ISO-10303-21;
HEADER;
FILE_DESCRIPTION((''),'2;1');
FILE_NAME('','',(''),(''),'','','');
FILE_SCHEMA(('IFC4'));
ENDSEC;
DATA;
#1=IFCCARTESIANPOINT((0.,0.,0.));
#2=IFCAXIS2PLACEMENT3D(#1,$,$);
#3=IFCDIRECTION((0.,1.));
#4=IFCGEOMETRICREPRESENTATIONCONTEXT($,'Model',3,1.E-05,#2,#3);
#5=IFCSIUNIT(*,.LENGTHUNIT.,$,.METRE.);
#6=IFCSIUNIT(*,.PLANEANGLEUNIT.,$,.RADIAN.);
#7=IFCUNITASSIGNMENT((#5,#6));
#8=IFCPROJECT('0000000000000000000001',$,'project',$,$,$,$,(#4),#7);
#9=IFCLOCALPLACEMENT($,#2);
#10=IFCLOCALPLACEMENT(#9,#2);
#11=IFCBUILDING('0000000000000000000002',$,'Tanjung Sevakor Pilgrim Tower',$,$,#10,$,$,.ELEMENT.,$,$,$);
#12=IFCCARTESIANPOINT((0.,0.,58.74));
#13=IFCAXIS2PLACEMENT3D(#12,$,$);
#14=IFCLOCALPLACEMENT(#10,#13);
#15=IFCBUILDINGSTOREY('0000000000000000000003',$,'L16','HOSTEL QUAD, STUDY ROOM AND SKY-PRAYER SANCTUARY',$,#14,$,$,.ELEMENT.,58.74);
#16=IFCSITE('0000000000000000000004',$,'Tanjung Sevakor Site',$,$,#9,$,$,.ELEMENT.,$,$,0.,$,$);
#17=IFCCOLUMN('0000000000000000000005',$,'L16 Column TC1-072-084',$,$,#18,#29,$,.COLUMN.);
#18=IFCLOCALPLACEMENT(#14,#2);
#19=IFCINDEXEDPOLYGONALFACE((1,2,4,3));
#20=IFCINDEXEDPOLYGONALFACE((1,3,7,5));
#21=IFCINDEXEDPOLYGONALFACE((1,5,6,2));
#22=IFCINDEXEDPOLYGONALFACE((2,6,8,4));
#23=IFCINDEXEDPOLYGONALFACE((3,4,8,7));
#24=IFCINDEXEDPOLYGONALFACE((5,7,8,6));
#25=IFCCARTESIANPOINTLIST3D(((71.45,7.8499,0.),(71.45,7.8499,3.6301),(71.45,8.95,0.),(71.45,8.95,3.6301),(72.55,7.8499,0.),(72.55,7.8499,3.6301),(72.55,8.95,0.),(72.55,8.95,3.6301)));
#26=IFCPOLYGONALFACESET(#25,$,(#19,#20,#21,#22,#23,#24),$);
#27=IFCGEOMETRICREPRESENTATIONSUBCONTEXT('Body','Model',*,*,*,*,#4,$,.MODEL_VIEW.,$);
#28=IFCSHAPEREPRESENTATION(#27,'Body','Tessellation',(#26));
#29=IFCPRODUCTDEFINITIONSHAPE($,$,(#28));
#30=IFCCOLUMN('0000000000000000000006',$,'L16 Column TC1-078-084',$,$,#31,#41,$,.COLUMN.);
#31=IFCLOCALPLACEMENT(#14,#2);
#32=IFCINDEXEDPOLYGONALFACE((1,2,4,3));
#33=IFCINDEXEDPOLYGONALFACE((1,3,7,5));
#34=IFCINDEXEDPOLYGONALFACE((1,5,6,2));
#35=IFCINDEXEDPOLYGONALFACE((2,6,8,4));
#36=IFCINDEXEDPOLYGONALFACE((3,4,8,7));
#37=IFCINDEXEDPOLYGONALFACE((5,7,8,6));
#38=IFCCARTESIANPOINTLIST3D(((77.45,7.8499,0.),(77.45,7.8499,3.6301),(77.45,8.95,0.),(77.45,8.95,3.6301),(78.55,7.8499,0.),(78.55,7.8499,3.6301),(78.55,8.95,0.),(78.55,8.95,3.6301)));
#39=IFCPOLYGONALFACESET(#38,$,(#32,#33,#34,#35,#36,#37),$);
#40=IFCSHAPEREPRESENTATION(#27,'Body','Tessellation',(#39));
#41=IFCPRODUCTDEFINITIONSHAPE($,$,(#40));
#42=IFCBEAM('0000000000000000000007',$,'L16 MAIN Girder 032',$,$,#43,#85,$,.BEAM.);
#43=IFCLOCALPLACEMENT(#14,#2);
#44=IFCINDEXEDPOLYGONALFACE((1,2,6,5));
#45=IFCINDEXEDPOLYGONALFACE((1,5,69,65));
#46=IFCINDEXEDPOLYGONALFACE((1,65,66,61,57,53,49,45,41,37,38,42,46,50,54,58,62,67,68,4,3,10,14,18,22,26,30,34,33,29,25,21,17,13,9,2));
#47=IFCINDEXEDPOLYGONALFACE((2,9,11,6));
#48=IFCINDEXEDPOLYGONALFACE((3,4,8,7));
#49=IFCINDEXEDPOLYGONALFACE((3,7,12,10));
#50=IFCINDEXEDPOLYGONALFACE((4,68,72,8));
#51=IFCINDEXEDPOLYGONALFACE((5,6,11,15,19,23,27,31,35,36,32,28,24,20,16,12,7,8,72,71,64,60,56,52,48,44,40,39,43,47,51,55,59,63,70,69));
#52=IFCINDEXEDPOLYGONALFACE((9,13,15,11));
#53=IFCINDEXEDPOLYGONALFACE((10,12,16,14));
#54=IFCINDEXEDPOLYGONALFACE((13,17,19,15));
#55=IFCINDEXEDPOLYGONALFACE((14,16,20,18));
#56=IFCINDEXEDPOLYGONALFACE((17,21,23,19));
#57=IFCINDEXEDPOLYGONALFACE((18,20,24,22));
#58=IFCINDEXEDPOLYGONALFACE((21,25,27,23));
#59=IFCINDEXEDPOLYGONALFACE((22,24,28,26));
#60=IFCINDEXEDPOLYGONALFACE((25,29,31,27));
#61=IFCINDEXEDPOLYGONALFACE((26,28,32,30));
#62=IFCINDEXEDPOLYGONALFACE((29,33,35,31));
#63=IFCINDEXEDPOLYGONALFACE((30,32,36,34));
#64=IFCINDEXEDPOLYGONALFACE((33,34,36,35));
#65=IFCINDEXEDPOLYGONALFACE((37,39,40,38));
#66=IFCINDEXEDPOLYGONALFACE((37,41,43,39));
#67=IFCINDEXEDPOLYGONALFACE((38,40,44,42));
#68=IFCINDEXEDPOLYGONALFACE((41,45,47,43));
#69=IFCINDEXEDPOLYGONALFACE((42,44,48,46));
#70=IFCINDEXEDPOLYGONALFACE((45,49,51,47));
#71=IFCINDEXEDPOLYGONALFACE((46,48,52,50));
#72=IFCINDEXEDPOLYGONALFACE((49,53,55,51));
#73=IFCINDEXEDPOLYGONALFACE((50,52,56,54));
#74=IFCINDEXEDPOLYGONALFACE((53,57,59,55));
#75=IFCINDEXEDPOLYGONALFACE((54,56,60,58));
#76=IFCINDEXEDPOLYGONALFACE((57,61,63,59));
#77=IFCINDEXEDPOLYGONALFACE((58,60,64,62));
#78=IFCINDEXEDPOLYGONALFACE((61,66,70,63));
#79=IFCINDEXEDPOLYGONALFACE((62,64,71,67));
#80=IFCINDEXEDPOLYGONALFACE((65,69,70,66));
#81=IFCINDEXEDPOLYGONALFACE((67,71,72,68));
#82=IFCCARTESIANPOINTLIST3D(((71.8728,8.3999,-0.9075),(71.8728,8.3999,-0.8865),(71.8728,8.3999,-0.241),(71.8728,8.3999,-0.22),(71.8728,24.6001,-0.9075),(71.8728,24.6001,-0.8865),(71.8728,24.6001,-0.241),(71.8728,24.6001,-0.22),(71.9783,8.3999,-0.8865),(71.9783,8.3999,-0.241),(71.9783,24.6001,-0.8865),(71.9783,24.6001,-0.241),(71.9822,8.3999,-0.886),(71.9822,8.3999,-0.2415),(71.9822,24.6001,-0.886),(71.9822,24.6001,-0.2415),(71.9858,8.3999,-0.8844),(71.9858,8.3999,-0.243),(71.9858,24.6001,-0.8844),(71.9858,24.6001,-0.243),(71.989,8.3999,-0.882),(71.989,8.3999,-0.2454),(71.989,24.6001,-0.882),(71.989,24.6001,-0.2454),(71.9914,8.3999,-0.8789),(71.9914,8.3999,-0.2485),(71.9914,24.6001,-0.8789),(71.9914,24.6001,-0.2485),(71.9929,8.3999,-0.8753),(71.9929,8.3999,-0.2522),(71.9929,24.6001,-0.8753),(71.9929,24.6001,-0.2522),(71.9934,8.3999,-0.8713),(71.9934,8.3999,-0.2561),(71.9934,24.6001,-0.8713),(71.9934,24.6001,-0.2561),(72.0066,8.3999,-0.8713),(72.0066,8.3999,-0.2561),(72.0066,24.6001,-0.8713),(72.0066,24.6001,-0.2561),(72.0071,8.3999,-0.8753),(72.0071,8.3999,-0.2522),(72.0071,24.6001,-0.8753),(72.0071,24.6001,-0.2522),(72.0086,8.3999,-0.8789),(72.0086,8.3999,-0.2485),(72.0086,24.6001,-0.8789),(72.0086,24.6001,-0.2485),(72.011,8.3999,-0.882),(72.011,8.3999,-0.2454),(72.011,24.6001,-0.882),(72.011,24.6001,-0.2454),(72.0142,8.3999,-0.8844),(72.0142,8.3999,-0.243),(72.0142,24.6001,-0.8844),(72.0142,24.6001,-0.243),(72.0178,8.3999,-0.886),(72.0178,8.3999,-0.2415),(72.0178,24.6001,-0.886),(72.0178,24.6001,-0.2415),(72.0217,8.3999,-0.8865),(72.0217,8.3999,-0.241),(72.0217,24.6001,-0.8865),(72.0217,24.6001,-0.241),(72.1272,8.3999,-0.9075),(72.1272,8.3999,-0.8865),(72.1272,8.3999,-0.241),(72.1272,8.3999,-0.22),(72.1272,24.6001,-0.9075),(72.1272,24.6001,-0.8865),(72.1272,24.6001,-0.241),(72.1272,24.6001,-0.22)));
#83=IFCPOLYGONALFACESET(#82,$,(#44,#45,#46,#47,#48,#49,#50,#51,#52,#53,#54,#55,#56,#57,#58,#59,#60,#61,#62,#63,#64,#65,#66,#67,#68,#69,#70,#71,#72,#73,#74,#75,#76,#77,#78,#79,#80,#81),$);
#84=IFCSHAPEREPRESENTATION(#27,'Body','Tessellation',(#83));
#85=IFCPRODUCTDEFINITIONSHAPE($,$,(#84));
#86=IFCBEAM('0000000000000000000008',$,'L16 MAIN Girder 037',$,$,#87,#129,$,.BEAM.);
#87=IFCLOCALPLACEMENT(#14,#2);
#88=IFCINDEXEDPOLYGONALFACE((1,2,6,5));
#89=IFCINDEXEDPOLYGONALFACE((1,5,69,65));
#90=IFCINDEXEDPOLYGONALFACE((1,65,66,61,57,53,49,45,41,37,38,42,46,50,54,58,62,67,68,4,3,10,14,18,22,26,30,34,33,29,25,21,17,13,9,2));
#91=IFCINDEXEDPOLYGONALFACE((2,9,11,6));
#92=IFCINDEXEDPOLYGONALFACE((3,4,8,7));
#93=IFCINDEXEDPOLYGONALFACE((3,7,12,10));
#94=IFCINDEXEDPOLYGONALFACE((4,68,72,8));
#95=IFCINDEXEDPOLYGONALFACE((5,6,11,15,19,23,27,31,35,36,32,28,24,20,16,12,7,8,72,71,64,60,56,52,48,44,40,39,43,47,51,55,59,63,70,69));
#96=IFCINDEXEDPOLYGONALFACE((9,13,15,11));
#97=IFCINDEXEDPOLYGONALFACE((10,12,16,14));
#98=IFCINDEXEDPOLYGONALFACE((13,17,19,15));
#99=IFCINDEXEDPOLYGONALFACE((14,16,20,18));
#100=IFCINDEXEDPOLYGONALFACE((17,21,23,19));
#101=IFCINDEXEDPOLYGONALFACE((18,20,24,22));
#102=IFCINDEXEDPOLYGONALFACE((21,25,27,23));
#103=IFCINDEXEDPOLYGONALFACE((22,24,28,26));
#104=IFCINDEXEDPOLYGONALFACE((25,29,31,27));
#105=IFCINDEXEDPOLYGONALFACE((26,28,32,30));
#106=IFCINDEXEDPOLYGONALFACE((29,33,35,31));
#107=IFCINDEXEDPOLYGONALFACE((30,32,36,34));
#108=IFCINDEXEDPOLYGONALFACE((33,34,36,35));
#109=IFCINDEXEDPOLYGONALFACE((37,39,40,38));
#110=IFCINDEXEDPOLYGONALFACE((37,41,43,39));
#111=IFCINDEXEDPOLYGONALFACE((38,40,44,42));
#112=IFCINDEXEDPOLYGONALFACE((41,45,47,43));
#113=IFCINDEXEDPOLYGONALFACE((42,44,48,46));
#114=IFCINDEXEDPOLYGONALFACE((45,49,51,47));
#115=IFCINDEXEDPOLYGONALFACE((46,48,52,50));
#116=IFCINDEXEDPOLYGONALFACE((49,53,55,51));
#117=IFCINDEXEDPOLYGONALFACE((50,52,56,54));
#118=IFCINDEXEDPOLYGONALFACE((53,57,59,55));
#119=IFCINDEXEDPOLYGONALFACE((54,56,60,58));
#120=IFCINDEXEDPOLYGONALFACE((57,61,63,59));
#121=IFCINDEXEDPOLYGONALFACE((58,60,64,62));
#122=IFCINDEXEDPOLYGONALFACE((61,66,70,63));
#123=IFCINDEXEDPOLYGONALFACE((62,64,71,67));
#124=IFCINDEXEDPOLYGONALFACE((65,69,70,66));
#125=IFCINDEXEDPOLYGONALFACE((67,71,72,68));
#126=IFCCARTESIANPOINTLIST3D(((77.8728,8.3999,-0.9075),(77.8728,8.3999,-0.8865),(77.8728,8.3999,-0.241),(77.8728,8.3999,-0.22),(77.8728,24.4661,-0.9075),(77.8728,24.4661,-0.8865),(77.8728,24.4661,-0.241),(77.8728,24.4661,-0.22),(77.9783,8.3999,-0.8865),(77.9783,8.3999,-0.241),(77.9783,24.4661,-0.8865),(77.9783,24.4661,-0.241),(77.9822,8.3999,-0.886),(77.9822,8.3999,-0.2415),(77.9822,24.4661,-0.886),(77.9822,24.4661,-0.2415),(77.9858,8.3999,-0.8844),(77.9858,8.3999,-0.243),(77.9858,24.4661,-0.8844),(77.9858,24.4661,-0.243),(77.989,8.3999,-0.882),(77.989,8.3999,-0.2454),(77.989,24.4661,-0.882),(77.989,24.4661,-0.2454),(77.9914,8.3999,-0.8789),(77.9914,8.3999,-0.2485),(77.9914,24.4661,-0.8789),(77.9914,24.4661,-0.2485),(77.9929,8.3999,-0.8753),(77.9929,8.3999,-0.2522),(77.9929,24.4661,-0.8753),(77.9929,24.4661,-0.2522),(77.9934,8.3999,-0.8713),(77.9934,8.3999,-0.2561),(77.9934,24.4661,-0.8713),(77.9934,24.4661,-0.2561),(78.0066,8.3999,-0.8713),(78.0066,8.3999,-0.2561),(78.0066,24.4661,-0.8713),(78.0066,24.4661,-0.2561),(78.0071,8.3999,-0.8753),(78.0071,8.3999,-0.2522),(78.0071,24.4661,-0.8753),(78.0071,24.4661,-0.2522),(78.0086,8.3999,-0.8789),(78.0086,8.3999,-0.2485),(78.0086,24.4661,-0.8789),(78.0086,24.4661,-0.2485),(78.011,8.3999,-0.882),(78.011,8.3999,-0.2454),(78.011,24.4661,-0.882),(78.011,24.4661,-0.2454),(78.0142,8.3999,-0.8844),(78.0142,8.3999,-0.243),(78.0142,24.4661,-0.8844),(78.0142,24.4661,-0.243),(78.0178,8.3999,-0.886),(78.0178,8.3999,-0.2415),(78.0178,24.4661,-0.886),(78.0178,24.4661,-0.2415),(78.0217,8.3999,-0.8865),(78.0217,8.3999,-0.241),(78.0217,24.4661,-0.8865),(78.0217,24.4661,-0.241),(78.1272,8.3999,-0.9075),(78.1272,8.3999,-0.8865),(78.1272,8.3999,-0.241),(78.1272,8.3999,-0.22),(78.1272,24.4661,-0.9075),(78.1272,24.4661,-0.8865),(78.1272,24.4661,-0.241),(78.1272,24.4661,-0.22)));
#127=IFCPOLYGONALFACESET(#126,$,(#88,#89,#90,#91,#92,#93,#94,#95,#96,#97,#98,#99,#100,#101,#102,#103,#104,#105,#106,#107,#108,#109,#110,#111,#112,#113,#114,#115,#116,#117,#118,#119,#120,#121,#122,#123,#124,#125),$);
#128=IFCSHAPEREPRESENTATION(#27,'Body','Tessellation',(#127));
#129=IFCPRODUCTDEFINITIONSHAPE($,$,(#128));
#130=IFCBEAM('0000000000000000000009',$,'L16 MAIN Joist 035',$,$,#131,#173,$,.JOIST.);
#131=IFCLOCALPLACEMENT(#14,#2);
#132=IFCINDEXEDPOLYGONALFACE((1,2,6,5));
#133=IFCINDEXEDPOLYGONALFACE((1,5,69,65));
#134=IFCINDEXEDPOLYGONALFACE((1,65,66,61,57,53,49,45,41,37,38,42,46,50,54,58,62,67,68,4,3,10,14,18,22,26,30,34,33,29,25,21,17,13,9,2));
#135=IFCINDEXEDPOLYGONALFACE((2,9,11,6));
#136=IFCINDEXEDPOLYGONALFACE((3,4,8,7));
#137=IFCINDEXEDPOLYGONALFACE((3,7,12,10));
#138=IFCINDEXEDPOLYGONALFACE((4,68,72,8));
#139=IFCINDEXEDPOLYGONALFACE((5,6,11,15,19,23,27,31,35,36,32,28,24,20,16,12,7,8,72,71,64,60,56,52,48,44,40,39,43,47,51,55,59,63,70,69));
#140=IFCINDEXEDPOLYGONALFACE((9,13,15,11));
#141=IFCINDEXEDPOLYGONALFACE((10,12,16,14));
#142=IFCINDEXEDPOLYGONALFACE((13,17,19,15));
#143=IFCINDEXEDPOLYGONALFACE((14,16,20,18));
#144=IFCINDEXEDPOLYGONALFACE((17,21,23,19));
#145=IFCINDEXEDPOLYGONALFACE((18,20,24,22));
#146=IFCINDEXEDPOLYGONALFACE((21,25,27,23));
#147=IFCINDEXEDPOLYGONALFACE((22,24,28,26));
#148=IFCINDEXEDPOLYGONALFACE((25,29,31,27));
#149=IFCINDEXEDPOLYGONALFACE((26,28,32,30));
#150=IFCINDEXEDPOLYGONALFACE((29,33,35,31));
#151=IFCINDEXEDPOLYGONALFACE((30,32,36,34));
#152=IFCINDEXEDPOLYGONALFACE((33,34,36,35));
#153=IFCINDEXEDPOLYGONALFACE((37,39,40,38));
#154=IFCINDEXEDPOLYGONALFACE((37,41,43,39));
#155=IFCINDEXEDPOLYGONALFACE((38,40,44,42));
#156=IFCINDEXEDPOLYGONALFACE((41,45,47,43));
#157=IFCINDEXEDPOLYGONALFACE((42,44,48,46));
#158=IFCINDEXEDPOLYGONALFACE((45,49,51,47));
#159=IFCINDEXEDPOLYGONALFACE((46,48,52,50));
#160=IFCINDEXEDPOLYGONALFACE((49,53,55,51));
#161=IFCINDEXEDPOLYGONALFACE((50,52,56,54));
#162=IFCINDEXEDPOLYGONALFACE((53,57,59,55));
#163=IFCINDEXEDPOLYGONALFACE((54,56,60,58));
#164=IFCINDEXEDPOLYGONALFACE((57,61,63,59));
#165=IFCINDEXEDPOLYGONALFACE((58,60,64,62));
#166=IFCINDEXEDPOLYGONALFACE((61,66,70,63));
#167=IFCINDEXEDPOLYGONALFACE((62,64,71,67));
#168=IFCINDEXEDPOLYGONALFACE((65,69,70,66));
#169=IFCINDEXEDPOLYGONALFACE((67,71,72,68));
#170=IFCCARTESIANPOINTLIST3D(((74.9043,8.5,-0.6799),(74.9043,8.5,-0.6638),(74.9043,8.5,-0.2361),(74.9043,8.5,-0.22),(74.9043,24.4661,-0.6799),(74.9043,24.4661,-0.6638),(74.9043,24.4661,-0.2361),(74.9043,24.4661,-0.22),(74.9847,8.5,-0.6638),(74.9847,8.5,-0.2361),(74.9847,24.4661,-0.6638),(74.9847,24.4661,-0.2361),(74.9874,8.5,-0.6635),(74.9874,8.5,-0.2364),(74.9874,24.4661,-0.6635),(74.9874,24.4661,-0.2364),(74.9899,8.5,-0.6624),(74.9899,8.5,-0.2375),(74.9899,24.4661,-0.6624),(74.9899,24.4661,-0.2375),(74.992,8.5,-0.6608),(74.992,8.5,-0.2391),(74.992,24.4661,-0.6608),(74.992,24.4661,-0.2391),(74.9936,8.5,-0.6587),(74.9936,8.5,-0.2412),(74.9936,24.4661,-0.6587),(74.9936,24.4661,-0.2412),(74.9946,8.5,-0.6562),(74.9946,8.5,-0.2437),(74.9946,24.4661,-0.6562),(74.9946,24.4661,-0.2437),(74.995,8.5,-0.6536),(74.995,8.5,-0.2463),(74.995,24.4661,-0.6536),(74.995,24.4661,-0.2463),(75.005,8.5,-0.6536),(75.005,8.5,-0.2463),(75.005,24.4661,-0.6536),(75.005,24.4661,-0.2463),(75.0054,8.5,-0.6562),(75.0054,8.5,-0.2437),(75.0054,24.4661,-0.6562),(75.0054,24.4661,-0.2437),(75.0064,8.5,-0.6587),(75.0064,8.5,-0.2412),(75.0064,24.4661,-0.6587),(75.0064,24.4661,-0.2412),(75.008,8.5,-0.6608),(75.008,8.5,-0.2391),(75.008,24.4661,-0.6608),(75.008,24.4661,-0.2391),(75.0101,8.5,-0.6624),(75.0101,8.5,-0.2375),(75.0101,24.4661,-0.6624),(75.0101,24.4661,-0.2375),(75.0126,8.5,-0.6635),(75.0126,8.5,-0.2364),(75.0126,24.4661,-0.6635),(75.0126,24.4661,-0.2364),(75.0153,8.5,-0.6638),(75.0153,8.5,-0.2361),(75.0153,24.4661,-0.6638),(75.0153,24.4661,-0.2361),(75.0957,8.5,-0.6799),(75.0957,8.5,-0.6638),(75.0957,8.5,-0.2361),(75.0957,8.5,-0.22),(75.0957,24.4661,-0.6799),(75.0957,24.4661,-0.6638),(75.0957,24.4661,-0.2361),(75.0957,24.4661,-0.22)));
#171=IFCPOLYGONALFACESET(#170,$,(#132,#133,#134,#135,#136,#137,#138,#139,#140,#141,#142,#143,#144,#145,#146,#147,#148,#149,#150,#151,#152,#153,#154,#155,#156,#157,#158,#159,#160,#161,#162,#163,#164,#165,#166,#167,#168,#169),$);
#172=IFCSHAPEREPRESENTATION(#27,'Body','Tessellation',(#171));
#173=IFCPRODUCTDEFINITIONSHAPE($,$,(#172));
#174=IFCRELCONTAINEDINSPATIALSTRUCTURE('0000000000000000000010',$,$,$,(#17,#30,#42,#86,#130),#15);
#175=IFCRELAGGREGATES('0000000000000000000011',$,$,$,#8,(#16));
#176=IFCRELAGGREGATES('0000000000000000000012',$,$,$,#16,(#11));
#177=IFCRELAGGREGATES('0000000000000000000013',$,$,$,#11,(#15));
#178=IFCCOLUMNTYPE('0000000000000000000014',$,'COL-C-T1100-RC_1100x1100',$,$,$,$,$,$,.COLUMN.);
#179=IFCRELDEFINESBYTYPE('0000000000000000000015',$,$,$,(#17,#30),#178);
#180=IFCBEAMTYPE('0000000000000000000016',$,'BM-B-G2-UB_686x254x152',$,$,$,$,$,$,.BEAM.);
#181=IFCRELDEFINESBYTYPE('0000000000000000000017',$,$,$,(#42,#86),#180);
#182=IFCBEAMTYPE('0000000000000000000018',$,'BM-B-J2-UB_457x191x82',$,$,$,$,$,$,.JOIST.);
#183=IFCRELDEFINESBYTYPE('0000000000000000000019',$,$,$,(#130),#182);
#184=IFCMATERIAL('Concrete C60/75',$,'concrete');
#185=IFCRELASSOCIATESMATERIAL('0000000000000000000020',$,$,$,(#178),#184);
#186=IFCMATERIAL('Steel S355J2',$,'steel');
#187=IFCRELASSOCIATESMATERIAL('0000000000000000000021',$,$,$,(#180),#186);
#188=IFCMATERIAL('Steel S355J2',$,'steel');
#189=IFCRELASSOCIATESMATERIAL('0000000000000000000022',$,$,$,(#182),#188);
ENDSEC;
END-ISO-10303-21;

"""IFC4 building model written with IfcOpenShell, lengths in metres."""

from ifc_helpers import new_model, si_unit, direction, frame, origin, origin_2d, place, context, subcontext, project, spatial, rectangle, i_section, extrude, material, material_profile, profile_set, type_object, element, save


model = new_model("IFC4")

# Units and contexts
model_context = context("Model", 3, precision=1e-05, world=origin(), true_north=direction((0.0, 1.0)))
body_context = subcontext(model_context, "Body", "Model", "MODEL_VIEW")
ifc_project = project(units=[si_unit("LENGTHUNIT", "METRE"), si_unit("PLANEANGLEUNIT", "RADIAN")], contexts=[model_context])

# Site, building, storey
site_placement = place(None, origin())
site = spatial("IfcSite", under=ifc_project, at=site_placement, Name="Tanjung Sevakor Site", CompositionType="ELEMENT", RefElevation=0.0)
building_placement = place(site_placement, origin())
building = spatial("IfcBuilding", under=site, at=building_placement, Name="Tanjung Sevakor Pilgrim Tower", CompositionType="ELEMENT")
storey_placement = place(building_placement, frame((0.0, 0.0, 58.74)))
storey = spatial("IfcBuildingStorey", under=building, at=storey_placement, Name="L16", Description="HOSTEL QUAD, STUDY ROOM AND SKY-PRAYER SANCTUARY", CompositionType="ELEMENT", Elevation=58.74)

# Columns
ifc_material_1 = material(Name="Concrete C60/75", Category="concrete")
ifc_material_profile_1 = material_profile(ifc_material_1, rectangle(XDim=1.1001, YDim=1.1001, at=origin_2d()))
ifc_profile_set_1 = profile_set([ifc_material_profile_1], Name="Concrete C60/75")
column_type = type_object("IfcColumnType", Name="COL-C-T1100-RC_1100x1100", PredefinedType="COLUMN", material=ifc_profile_set_1)
for number, where, z_axis, x_axis, name in (
    (1, (72.0, 8.3999, 0.0), (0.0, 0.0, 1.0), (1.0, 0.0, 0.0), "L16 Column TC1-072-084"),
    (2, (78.0, 8.3999, 0.0), (0.0, 0.0, 1.0), (1.0, 0.0, 0.0), "L16 Column TC1-078-084"),
):
    element("IfcColumn", number, at=place(storey_placement, frame(where, z_axis=z_axis, x_axis=x_axis)), inside=storey, type_object=column_type, Name=name, PredefinedType="COLUMN", context=body_context, shape_type="SweptSolid", body=[
        extrude(rectangle(XDim=1.1001, YDim=1.1001, at=origin_2d()), origin(), (0.0, 0.0, 1.0), 3.6301),
    ])

# Beams
ifc_material_2 = material(Name="Steel S355J2", Category="steel")
ifc_material_profile_2 = material_profile(ifc_material_2, i_section(OverallWidth=0.2544, OverallDepth=0.6875, WebThickness=0.0132, FlangeThickness=0.021, FilletRadius=0.0151, at=origin_2d()))
ifc_profile_set_2 = profile_set([ifc_material_profile_2], Name="Steel S355J2")
beam_type_1 = type_object("IfcBeamType", Name="BM-B-G2-UB_686x254x152", PredefinedType="BEAM", material=ifc_profile_set_2)
beam_1_placement = place(storey_placement, frame((72.0, 8.3999, -0.5637), z_axis=(0.0, 1.0, 0.0), x_axis=(-1.0, 0.0, 0.0)))
element("IfcBeam", 3, at=beam_1_placement, inside=storey, type_object=beam_type_1, Name="L16 MAIN Girder 032", PredefinedType="BEAM", context=body_context, shape_type="SweptSolid", body=[
    extrude(i_section(OverallWidth=0.2544, OverallDepth=0.6875, WebThickness=0.0132, FlangeThickness=0.021, FilletRadius=0.0151, at=origin_2d()), origin(), (0.0, 0.0, 1.0), 16.2002),
])
beam_2_placement = place(storey_placement, frame((78.0, 8.3999, -0.5637), z_axis=(0.0, 1.0, 0.0), x_axis=(-1.0, 0.0, 0.0)))
element("IfcBeam", 4, at=beam_2_placement, inside=storey, type_object=beam_type_1, Name="L16 MAIN Girder 037", PredefinedType="BEAM", context=body_context, shape_type="SweptSolid", body=[
    extrude(i_section(OverallWidth=0.2544, OverallDepth=0.6875, WebThickness=0.0132, FlangeThickness=0.021, FilletRadius=0.0151, at=origin_2d()), origin(), (0.0, 0.0, 1.0), 16.0662),
])
ifc_material_3 = material(Name="Steel S355J2", Category="steel")
ifc_material_profile_3 = material_profile(ifc_material_3, i_section(OverallWidth=0.1914, OverallDepth=0.46, WebThickness=0.01, FlangeThickness=0.0161, FilletRadius=0.0103, at=origin_2d()))
ifc_profile_set_3 = profile_set([ifc_material_profile_3], Name="Steel S355J2")
beam_type_2 = type_object("IfcBeamType", Name="BM-B-J2-UB_457x191x82", PredefinedType="JOIST", material=ifc_profile_set_3)
for number, where, z_axis, x_axis, name in (
    (5, (75.0, 8.5, -0.45), (0.0, 1.0, 0.0), (-1.0, 0.0, 0.0), "L16 MAIN Joist 035"),
):
    element("IfcBeam", number, at=place(storey_placement, frame(where, z_axis=z_axis, x_axis=x_axis)), inside=storey, type_object=beam_type_2, Name=name, PredefinedType="JOIST", context=body_context, shape_type="SweptSolid", body=[
        extrude(i_section(OverallWidth=0.1914, OverallDepth=0.46, WebThickness=0.01, FlangeThickness=0.0161, FilletRadius=0.0103, at=origin_2d()), origin(), (0.0, 0.0, 1.0), 15.9661),
    ])

save(model, "model.ifc")
